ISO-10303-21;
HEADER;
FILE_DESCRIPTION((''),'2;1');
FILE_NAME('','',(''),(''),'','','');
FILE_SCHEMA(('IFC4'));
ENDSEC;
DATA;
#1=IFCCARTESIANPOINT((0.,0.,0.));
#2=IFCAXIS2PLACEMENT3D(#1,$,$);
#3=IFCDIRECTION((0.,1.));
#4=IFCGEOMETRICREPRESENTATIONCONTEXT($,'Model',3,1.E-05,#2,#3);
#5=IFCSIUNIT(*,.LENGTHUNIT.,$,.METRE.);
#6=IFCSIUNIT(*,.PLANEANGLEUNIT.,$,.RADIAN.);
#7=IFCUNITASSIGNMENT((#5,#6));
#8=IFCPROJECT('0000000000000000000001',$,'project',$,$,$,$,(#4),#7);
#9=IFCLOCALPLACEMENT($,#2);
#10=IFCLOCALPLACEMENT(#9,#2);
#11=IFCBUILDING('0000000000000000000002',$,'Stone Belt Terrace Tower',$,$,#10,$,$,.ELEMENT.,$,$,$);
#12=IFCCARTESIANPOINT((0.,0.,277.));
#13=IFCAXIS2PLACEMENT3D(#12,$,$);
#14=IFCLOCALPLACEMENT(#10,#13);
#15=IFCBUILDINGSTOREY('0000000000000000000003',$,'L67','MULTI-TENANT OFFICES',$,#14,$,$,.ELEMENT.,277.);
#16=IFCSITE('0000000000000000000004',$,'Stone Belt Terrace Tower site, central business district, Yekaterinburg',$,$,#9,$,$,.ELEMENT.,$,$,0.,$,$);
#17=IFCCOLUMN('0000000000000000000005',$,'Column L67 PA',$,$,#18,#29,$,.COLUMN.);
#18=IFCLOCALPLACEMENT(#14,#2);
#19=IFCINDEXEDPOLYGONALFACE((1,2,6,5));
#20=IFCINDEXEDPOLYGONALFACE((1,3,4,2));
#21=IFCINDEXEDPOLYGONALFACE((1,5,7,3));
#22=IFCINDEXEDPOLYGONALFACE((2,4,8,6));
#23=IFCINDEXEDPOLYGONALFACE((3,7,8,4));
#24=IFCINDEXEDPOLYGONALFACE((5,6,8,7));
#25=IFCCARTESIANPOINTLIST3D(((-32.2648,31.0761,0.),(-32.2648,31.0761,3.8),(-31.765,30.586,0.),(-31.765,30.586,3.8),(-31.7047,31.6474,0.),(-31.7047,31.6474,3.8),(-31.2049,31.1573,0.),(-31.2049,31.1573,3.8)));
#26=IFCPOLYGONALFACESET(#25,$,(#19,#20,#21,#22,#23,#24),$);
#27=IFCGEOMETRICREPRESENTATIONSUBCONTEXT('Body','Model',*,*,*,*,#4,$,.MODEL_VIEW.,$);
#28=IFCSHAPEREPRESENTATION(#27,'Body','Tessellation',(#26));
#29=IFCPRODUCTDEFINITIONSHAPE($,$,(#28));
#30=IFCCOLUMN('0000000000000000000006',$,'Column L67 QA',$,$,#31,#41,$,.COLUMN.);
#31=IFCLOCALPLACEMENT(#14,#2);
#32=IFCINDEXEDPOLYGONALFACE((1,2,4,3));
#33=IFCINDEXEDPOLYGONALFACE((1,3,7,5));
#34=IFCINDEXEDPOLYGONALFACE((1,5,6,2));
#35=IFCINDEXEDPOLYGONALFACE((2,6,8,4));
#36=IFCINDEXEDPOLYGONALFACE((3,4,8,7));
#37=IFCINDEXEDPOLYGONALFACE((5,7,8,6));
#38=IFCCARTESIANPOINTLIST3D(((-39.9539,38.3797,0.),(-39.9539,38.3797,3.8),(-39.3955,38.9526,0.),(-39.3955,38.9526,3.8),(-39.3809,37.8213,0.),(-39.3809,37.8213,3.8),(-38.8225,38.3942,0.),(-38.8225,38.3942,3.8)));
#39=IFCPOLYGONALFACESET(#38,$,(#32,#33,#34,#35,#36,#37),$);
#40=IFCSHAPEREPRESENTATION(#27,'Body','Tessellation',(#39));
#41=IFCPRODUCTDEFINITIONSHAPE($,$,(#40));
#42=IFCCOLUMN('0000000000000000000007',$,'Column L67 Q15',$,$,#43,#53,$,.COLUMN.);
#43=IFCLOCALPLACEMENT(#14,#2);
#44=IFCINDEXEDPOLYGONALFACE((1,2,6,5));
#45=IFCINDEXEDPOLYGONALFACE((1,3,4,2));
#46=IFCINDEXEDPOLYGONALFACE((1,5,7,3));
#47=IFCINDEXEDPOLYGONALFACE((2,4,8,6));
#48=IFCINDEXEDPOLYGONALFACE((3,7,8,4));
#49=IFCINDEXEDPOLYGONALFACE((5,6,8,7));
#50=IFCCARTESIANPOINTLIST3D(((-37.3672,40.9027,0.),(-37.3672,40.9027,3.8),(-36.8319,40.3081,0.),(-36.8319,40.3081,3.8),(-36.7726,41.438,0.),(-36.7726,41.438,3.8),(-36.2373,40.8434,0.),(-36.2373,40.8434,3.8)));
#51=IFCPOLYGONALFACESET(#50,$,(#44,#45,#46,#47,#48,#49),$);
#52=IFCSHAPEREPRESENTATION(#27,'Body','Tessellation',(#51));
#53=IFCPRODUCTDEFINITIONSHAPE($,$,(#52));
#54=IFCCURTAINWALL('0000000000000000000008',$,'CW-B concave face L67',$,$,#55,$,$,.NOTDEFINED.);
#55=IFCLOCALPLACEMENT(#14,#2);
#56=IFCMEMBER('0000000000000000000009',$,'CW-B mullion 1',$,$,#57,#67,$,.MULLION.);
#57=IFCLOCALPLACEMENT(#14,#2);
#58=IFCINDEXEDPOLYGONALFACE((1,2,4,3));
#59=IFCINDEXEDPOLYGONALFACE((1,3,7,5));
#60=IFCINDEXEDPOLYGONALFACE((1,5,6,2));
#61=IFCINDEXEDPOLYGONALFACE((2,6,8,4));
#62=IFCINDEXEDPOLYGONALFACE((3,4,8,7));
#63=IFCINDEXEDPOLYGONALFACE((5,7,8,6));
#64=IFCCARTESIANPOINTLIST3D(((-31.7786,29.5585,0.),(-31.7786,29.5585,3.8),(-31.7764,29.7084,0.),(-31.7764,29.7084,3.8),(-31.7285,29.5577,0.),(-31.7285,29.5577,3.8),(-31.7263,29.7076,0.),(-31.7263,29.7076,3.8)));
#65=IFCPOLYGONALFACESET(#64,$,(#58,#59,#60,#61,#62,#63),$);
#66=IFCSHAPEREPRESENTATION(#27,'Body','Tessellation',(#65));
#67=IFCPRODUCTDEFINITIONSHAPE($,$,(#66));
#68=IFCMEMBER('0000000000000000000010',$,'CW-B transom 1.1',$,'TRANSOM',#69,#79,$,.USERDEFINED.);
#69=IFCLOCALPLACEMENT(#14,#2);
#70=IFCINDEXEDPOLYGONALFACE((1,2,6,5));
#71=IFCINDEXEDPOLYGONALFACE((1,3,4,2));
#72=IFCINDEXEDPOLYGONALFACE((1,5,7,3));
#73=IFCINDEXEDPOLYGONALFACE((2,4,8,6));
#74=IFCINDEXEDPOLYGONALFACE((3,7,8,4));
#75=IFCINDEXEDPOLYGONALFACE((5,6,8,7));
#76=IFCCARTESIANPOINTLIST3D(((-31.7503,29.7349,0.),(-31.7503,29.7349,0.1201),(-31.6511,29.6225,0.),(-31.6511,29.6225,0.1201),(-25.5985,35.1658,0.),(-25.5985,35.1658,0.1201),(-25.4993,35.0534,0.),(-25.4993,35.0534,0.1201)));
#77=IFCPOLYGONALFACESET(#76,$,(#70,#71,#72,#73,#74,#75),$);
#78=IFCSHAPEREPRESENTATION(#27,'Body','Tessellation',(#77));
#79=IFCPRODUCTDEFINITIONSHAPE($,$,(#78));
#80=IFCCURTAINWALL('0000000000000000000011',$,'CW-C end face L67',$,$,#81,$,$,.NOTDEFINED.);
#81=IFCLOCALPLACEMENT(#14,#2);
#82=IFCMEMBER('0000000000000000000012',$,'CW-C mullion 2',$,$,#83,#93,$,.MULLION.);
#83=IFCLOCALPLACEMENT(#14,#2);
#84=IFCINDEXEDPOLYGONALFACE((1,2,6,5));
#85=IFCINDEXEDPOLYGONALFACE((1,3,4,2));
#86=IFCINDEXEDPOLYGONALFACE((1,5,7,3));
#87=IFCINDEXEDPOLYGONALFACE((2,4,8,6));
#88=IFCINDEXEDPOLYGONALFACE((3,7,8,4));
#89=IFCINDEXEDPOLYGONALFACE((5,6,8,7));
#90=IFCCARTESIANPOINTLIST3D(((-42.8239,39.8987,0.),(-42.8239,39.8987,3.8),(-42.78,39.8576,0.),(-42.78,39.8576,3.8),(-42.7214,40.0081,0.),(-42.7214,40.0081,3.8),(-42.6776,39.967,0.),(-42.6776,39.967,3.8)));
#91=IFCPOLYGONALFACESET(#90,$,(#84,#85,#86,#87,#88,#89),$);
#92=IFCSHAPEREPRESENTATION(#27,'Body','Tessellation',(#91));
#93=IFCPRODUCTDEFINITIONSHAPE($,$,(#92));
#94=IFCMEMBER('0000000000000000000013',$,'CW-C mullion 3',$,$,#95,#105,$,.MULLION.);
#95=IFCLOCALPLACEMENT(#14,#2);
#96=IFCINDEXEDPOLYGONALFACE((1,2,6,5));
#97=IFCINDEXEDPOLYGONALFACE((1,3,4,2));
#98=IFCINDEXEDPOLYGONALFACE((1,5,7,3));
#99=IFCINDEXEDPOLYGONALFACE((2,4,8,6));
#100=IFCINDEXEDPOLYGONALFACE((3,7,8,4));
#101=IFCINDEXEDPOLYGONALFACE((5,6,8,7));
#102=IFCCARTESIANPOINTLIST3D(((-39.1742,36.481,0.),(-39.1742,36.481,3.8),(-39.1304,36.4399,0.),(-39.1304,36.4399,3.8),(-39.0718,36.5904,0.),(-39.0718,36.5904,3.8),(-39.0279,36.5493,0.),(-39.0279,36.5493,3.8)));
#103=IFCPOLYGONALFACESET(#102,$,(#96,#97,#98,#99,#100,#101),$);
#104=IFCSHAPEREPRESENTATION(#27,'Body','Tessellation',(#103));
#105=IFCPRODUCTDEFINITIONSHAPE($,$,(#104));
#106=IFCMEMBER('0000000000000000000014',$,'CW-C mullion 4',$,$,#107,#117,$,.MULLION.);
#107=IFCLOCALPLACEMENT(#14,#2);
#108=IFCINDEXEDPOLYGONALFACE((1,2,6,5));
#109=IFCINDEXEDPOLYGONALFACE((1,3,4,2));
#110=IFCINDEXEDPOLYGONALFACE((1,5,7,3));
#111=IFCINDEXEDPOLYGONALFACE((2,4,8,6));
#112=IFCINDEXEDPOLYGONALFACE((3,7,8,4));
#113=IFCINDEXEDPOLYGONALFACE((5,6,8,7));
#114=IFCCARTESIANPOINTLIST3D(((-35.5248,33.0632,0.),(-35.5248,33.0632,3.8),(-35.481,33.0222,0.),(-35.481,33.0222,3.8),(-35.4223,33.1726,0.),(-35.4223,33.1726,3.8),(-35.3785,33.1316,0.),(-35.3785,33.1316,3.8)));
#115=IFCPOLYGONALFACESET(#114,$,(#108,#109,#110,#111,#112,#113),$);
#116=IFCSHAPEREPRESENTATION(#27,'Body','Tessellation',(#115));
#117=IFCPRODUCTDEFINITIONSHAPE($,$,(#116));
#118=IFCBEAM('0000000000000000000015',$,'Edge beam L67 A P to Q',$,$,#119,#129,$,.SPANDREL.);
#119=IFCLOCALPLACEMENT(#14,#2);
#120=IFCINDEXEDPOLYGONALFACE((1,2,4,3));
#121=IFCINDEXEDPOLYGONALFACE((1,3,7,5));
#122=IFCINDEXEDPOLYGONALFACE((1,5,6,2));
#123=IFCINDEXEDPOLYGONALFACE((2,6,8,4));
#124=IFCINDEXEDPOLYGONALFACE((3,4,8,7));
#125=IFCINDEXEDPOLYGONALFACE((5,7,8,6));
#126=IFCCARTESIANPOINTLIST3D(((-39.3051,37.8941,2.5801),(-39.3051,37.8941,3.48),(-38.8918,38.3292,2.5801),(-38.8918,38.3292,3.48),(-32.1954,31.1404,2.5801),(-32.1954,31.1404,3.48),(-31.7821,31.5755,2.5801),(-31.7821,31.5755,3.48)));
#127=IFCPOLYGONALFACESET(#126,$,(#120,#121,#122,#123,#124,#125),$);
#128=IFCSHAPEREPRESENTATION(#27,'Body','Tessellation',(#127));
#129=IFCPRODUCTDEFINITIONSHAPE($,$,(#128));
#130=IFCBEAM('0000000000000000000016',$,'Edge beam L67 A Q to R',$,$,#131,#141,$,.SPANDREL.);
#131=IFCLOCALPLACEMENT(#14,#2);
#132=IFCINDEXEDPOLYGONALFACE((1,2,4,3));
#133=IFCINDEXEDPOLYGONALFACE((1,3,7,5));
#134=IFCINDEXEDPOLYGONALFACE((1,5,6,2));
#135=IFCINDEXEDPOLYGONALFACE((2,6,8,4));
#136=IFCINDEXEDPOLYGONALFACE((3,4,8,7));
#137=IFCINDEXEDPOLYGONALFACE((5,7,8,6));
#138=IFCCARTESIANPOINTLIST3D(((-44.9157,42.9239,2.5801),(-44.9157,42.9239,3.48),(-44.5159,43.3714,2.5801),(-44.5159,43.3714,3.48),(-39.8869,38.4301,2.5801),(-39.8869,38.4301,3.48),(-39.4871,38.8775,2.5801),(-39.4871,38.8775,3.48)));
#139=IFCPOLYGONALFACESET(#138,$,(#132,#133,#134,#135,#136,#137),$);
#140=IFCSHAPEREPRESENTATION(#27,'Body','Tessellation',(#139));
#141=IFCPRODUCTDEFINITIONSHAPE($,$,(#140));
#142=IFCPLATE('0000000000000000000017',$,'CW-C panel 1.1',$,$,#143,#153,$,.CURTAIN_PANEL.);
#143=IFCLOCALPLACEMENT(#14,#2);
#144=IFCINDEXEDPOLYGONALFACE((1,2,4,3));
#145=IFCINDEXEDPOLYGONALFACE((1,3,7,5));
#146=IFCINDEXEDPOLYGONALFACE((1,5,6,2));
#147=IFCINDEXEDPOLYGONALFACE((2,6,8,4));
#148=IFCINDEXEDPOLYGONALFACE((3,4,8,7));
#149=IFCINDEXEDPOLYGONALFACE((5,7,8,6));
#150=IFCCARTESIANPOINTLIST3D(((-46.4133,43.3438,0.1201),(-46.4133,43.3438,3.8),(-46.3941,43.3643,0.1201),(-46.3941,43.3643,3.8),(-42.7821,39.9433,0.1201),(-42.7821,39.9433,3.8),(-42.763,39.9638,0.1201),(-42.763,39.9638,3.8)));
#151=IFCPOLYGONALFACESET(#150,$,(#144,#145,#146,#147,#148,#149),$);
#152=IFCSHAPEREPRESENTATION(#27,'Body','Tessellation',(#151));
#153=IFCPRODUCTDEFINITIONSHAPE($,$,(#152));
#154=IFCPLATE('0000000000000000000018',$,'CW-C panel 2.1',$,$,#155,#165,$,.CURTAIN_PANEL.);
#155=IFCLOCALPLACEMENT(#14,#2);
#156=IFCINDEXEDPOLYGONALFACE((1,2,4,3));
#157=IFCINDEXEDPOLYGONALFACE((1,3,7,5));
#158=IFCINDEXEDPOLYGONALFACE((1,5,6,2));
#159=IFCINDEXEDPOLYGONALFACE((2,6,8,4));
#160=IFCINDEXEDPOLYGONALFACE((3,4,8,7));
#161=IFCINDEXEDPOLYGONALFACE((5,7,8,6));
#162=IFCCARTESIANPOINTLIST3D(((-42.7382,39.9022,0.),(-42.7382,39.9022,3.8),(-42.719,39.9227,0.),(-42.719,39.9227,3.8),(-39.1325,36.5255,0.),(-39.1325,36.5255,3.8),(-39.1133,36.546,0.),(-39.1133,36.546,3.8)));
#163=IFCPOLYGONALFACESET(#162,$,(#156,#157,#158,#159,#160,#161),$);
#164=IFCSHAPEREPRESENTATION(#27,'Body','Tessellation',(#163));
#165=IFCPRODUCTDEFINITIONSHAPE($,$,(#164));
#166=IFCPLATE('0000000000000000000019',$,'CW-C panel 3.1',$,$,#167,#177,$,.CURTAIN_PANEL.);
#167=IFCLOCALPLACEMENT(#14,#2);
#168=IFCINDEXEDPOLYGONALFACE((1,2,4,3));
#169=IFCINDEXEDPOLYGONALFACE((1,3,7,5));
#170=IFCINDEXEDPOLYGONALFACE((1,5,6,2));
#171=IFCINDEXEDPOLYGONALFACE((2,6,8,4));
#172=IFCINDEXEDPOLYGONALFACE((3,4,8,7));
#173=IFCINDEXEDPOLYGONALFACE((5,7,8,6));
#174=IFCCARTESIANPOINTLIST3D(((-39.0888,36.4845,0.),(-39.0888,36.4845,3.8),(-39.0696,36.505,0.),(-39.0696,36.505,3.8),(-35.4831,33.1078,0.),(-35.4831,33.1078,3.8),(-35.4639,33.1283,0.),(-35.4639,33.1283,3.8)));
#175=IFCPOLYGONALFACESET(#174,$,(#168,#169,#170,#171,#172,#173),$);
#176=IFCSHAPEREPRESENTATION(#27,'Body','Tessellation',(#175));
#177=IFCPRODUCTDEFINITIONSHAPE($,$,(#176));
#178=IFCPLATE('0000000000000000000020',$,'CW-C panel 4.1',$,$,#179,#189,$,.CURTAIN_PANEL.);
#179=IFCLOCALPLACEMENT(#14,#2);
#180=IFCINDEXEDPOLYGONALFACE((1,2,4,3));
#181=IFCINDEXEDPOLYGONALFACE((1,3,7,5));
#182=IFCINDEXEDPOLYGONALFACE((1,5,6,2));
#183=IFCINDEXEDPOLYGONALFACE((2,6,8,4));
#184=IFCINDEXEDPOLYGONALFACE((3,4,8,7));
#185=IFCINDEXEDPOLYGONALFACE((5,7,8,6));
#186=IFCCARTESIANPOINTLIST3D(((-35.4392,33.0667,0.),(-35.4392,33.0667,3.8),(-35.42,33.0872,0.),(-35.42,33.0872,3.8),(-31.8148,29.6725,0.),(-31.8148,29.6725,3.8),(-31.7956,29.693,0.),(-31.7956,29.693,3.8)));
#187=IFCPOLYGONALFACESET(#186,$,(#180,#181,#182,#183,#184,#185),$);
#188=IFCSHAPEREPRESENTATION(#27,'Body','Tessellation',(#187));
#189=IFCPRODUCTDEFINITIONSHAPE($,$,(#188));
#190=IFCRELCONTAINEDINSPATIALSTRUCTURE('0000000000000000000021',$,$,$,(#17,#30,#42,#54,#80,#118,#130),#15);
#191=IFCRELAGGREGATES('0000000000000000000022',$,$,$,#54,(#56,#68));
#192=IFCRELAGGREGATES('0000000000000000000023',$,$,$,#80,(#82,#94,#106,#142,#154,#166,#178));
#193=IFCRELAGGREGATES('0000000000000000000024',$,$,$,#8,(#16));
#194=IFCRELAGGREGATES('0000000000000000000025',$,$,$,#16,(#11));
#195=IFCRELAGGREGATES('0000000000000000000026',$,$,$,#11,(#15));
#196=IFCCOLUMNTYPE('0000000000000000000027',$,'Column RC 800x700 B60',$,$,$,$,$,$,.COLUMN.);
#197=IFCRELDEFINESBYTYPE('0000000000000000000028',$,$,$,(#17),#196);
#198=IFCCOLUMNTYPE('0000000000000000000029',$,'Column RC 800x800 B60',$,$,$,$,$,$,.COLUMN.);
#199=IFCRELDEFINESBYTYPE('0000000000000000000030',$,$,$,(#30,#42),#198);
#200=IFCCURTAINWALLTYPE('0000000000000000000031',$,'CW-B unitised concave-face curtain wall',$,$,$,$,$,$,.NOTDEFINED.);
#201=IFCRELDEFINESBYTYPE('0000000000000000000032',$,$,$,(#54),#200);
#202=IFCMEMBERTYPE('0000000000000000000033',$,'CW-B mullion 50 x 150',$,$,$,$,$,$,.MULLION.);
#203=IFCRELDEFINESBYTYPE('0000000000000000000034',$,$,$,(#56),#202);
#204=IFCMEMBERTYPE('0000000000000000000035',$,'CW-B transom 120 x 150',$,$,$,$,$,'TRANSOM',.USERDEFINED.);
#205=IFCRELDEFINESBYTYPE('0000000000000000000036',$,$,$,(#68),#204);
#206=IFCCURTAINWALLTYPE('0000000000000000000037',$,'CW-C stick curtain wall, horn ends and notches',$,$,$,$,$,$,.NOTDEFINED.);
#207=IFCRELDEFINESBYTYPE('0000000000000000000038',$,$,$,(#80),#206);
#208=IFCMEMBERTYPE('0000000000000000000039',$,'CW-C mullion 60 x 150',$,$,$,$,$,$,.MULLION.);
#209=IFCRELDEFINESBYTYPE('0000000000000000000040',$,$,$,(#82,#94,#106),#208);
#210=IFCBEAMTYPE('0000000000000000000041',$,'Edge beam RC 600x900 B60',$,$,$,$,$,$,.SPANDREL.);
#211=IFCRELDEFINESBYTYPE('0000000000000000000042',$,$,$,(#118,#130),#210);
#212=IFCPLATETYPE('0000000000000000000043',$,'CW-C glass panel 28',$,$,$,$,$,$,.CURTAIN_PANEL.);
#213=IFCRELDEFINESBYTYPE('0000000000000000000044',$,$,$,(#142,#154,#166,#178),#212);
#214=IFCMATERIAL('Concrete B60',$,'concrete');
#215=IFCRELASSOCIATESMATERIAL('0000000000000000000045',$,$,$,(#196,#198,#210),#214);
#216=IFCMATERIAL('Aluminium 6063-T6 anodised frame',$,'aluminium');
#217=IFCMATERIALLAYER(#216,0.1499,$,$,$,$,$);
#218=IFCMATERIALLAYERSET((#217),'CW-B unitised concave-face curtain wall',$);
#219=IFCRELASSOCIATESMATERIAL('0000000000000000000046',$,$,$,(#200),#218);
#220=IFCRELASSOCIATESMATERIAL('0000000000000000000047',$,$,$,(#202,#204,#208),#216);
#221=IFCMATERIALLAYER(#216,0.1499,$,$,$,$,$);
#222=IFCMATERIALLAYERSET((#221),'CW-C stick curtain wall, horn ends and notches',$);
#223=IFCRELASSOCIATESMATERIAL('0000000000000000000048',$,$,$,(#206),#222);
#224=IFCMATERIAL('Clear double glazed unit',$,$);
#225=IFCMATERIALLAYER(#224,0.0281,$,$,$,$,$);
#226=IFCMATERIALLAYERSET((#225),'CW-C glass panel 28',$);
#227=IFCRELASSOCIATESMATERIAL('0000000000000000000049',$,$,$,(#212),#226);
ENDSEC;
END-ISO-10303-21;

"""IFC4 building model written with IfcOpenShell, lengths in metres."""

from ifc_helpers import new_model, si_unit, direction, frame, origin, origin_2d, place, context, subcontext, project, spatial, rectangle, extrude, material, layer, layer_set, material_profile, profile_set, type_object, element, aggregate, save


model = new_model("IFC4")

# Units and contexts
model_context = context("Model", 3, precision=1e-05, world=origin(), true_north=direction((0.0, 1.0)))
body_context = subcontext(model_context, "Body", "Model", "MODEL_VIEW")
ifc_project = project(units=[si_unit("LENGTHUNIT", "METRE"), si_unit("PLANEANGLEUNIT", "RADIAN")], contexts=[model_context])

# Site, building, storey
site_placement = place(None, origin())
site = spatial("IfcSite", under=ifc_project, at=site_placement, Name="Stone Belt Terrace Tower site, central business district, Yekaterinburg", CompositionType="ELEMENT", RefElevation=0.0)
building_placement = place(site_placement, origin())
building = spatial("IfcBuilding", under=site, at=building_placement, Name="Stone Belt Terrace Tower", CompositionType="ELEMENT")
storey_placement = place(building_placement, frame((0.0, 0.0, 277.0)))
storey = spatial("IfcBuildingStorey", under=building, at=storey_placement, Name="L67", Description="MULTI-TENANT OFFICES", CompositionType="ELEMENT", Elevation=277.0)

# Columns
ifc_material_1 = material(Name="Concrete B60", Category="concrete")
ifc_material_profile_1 = material_profile(ifc_material_1, rectangle(XDim=0.8, YDim=0.7, at=origin_2d()), Name="RC 800x700")
ifc_profile_set_1 = profile_set([ifc_material_profile_1], Name="Concrete B60")
column_type_1 = type_object("IfcColumnType", Name="Column RC 800x700 B60", PredefinedType="COLUMN", material=ifc_profile_set_1)
column_placement = place(storey_placement, frame((-31.7349, 31.1167, 0.0), z_axis=(0.0, 0.0, 1.0), x_axis=(0.70012, 0.714026, 0.0)))
element("IfcColumn", 1, at=column_placement, inside=storey, type_object=column_type_1, Name="Column L67 PA", PredefinedType="COLUMN", context=body_context, shape_type="SweptSolid", body=[
    extrude(rectangle(XDim=0.8, YDim=0.7, at=origin_2d()), origin(), (0.0, 0.0, 1.0), 3.8),
])
ifc_material_profile_2 = material_profile(ifc_material_1, rectangle(XDim=0.8, YDim=0.8, at=origin_2d()), Name="RC 800x800")
ifc_profile_set_2 = profile_set([ifc_material_profile_2], Name="Concrete B60")
column_type_2 = type_object("IfcColumnType", Name="Column RC 800x800 B60", PredefinedType="COLUMN", material=ifc_profile_set_2)
for number, where, z_axis, x_axis, name in (
    (2, (-39.3882, 38.387, 0.0), (0.0, 0.0, 1.0), (0.697944, 0.716152, 0.0), "Column L67 QA"),
    (3, (-36.8022, 40.873, 0.0), (0.0, 0.0, 1.0), (0.743145, 0.669131, 0.0), "Column L67 Q15"),
):
    element("IfcColumn", number, at=place(storey_placement, frame(where, z_axis=z_axis, x_axis=x_axis)), inside=storey, type_object=column_type_2, Name=name, PredefinedType="COLUMN", context=body_context, shape_type="SweptSolid", body=[
        extrude(rectangle(XDim=0.8, YDim=0.8, at=origin_2d()), origin(), (0.0, 0.0, 1.0), 3.8),
    ])

# Curtain walls, members
ifc_material_2 = material(Name="Aluminium 6063-T6 anodised frame", Category="aluminium")
ifc_layer_1 = layer(ifc_material_2, 0.1499)
ifc_layer_set_1 = layer_set([ifc_layer_1], Name="CW-B unitised concave-face curtain wall")
curtain_wall_type_1 = type_object("IfcCurtainWallType", Name="CW-B unitised concave-face curtain wall", PredefinedType="NOTDEFINED", material=ifc_layer_set_1)
curtain_wall_1_placement = place(storey_placement, origin())
curtain_wall_1 = element("IfcCurtainWall", 4, at=curtain_wall_1_placement, inside=storey, type_object=curtain_wall_type_1, Name="CW-B concave face L67", PredefinedType="NOTDEFINED")
ifc_material_profile_3 = material_profile(ifc_material_2, rectangle(XDim=0.1499, YDim=0.05, at=origin_2d()), Name="Aluminium 6063-T6 50x150")
ifc_profile_set_3 = profile_set([ifc_material_profile_3], Name="Aluminium 6063-T6 anodised frame")
member_type_1 = type_object("IfcMemberType", Name="CW-B mullion 50 x 150", PredefinedType="MULLION", material=ifc_profile_set_3)
member_1_placement = place(storey_placement, frame((-31.7524, 29.6331, 0.0), z_axis=(0.0, 0.0, 1.0), x_axis=(0.014682, 0.999892, 0.0)))
member_1 = element("IfcMember", 5, at=member_1_placement, type_object=member_type_1, Name="CW-B mullion 1", PredefinedType="MULLION", context=body_context, shape_type="SweptSolid", body=[
    extrude(rectangle(XDim=0.1499, YDim=0.05, at=origin_2d()), origin(), (0.0, 0.0, 1.0), 3.8),
])
ifc_material_profile_4 = material_profile(ifc_material_2, rectangle(XDim=0.1499, YDim=0.1201, at=origin_2d()), Name="Aluminium 6063-T6 150x120")
ifc_profile_set_4 = profile_set([ifc_material_profile_4], Name="Aluminium 6063-T6 anodised frame")
member_type_2 = type_object("IfcMemberType", Name="CW-B transom 120 x 150", ElementType="TRANSOM", PredefinedType="USERDEFINED", material=ifc_profile_set_4)
member_2_placement = place(storey_placement, frame((-31.7007, 29.6787, 0.0601), z_axis=(0.749669, 0.661813, 0.0), x_axis=(-0.661813, 0.749669, 0.0)))
member_2 = element("IfcMember", 6, at=member_2_placement, type_object=member_type_2, Name="CW-B transom 1.1", ObjectType="TRANSOM", PredefinedType="USERDEFINED", context=body_context, shape_type="SweptSolid", body=[
    extrude(rectangle(XDim=0.1499, YDim=0.1201, at=origin_2d()), origin(), (0.0, 0.0, 1.0), 8.2061),
])
aggregate(curtain_wall_1, [member_1, member_2])
ifc_layer_2 = layer(ifc_material_2, 0.1499)
ifc_layer_set_2 = layer_set([ifc_layer_2], Name="CW-C stick curtain wall, horn ends and notches")
curtain_wall_type_2 = type_object("IfcCurtainWallType", Name="CW-C stick curtain wall, horn ends and notches", PredefinedType="NOTDEFINED", material=ifc_layer_set_2)
curtain_wall_2_placement = place(storey_placement, origin())
curtain_wall_2 = element("IfcCurtainWall", 7, at=curtain_wall_2_placement, inside=storey, type_object=curtain_wall_type_2, Name="CW-C end face L67", PredefinedType="NOTDEFINED")
ifc_material_profile_5 = material_profile(ifc_material_2, rectangle(XDim=0.1499, YDim=0.0601, at=origin_2d()), Name="Aluminium 6063-T6 60x150")
ifc_profile_set_5 = profile_set([ifc_material_profile_5], Name="Aluminium 6063-T6 anodised frame")
member_type_3 = type_object("IfcMemberType", Name="CW-C mullion 60 x 150", PredefinedType="MULLION", material=ifc_profile_set_5)
member_3_placement = place(storey_placement, frame((-42.7507, 39.9329, 0.0), z_axis=(0.0, 0.0, 1.0), x_axis=(0.683549, 0.729904, 0.0)))
member_3 = element("IfcMember", 8, at=member_3_placement, type_object=member_type_3, Name="CW-C mullion 2", PredefinedType="MULLION", context=body_context, shape_type="SweptSolid", body=[
    extrude(rectangle(XDim=0.1499, YDim=0.0601, at=origin_2d()), origin(), (0.0, 0.0, 1.0), 3.8),
])
member_4_placement = place(storey_placement, frame((-39.1011, 36.5151, 0.0), z_axis=(0.0, 0.0, 1.0), x_axis=(0.683549, 0.729904, 0.0)))
member_4 = element("IfcMember", 9, at=member_4_placement, type_object=member_type_3, Name="CW-C mullion 3", PredefinedType="MULLION", context=body_context, shape_type="SweptSolid", body=[
    extrude(rectangle(XDim=0.1499, YDim=0.0601, at=origin_2d()), origin(), (0.0, 0.0, 1.0), 3.8),
])
member_5_placement = place(storey_placement, frame((-35.4517, 33.0974, 0.0), z_axis=(0.0, 0.0, 1.0), x_axis=(0.683549, 0.729904, 0.0)))
member_5 = element("IfcMember", 10, at=member_5_placement, type_object=member_type_3, Name="CW-C mullion 4", PredefinedType="MULLION", context=body_context, shape_type="SweptSolid", body=[
    extrude(rectangle(XDim=0.1499, YDim=0.0601, at=origin_2d()), origin(), (0.0, 0.0, 1.0), 3.8),
])

# Beams
ifc_material_profile_6 = material_profile(ifc_material_1, rectangle(XDim=0.6001, YDim=0.8999, at=origin_2d()), Name="RC 600x900")
ifc_profile_set_6 = profile_set([ifc_material_profile_6], Name="Concrete B60")
beam_type = type_object("IfcBeamType", Name="Edge beam RC 600x900 B60", PredefinedType="SPANDREL", material=ifc_profile_set_6)
beam_1_placement = place(storey_placement, frame((-31.9888, 31.3579, 3.03), z_axis=(-0.725024, 0.688724, 0.0), x_axis=(-0.688724, -0.725024, 0.0)))
element("IfcBeam", 11, at=beam_1_placement, inside=storey, type_object=beam_type, Name="Edge beam L67 A P to Q", PredefinedType="SPANDREL", context=body_context, shape_type="SweptSolid", body=[
    extrude(rectangle(XDim=0.6001, YDim=0.8999, at=origin_2d()), origin(), (0.0, 0.0, 1.0), 9.8062),
])
beam_2_placement = place(storey_placement, frame((-39.687, 38.6538, 3.03), z_axis=(-0.745651, 0.666337, 0.0), x_axis=(-0.666337, -0.745651, 0.0)))
element("IfcBeam", 12, at=beam_2_placement, inside=storey, type_object=beam_type, Name="Edge beam L67 A Q to R", PredefinedType="SPANDREL", context=body_context, shape_type="SweptSolid", body=[
    extrude(rectangle(XDim=0.6001, YDim=0.8999, at=origin_2d()), origin(), (0.0, 0.0, 1.0), 6.7441),
])

# Plates
ifc_material_3 = material(Name="Clear double glazed unit")
ifc_layer_3 = layer(ifc_material_3, 0.0281)
ifc_layer_set_3 = layer_set([ifc_layer_3], Name="CW-C glass panel 28")
plate_type = type_object("IfcPlateType", Name="CW-C glass panel 28", PredefinedType="CURTAIN_PANEL", material=ifc_layer_set_3)
plate_1_placement = place(storey_placement, frame((-44.5881, 41.6538, 0.1201), z_axis=(0.0, 0.0, 1.0), x_axis=(0.729904, -0.683549, 0.0)))
plate_1 = element("IfcPlate", 13, at=plate_1_placement, type_object=plate_type, Name="CW-C panel 1.1", PredefinedType="CURTAIN_PANEL", context=body_context, shape_type="SweptSolid", body=[
    extrude(rectangle(XDim=4.9749, YDim=0.0281, at=origin_2d()), origin(), (0.0, 0.0, 1.0), 3.6799),
])
plate_2_placement = place(storey_placement, frame((-40.9258, 38.2241, 0.0), z_axis=(0.0, 0.0, 1.0), x_axis=(0.729904, -0.683549, 0.0)))
plate_2 = element("IfcPlate", 14, at=plate_2_placement, type_object=plate_type, Name="CW-C panel 2.1", PredefinedType="CURTAIN_PANEL", context=body_context, shape_type="SweptSolid", body=[
    extrude(rectangle(XDim=4.9399, YDim=0.0281, at=origin_2d()), origin(), (0.0, 0.0, 1.0), 3.8),
])
plate_3_placement = place(storey_placement, frame((-37.2764, 34.8064, 0.0), z_axis=(0.0, 0.0, 1.0), x_axis=(0.729904, -0.683549, 0.0)))
plate_3 = element("IfcPlate", 15, at=plate_3_placement, type_object=plate_type, Name="CW-C panel 3.1", PredefinedType="CURTAIN_PANEL", context=body_context, shape_type="SweptSolid", body=[
    extrude(rectangle(XDim=4.9399, YDim=0.0281, at=origin_2d()), origin(), (0.0, 0.0, 1.0), 3.8),
])
plate_4_placement = place(storey_placement, frame((-33.6174, 31.3799, 0.0), z_axis=(0.0, 0.0, 1.0), x_axis=(0.729904, -0.683549, 0.0)))
plate_4 = element("IfcPlate", 16, at=plate_4_placement, type_object=plate_type, Name="CW-C panel 4.1", PredefinedType="CURTAIN_PANEL", context=body_context, shape_type="SweptSolid", body=[
    extrude(rectangle(XDim=4.9656, YDim=0.0281, at=origin_2d()), origin(), (0.0, 0.0, 1.0), 3.8),
])
aggregate(curtain_wall_2, [member_3, member_4, member_5, plate_1, plate_2, plate_3, plate_4])

save(model, "model.ifc")
